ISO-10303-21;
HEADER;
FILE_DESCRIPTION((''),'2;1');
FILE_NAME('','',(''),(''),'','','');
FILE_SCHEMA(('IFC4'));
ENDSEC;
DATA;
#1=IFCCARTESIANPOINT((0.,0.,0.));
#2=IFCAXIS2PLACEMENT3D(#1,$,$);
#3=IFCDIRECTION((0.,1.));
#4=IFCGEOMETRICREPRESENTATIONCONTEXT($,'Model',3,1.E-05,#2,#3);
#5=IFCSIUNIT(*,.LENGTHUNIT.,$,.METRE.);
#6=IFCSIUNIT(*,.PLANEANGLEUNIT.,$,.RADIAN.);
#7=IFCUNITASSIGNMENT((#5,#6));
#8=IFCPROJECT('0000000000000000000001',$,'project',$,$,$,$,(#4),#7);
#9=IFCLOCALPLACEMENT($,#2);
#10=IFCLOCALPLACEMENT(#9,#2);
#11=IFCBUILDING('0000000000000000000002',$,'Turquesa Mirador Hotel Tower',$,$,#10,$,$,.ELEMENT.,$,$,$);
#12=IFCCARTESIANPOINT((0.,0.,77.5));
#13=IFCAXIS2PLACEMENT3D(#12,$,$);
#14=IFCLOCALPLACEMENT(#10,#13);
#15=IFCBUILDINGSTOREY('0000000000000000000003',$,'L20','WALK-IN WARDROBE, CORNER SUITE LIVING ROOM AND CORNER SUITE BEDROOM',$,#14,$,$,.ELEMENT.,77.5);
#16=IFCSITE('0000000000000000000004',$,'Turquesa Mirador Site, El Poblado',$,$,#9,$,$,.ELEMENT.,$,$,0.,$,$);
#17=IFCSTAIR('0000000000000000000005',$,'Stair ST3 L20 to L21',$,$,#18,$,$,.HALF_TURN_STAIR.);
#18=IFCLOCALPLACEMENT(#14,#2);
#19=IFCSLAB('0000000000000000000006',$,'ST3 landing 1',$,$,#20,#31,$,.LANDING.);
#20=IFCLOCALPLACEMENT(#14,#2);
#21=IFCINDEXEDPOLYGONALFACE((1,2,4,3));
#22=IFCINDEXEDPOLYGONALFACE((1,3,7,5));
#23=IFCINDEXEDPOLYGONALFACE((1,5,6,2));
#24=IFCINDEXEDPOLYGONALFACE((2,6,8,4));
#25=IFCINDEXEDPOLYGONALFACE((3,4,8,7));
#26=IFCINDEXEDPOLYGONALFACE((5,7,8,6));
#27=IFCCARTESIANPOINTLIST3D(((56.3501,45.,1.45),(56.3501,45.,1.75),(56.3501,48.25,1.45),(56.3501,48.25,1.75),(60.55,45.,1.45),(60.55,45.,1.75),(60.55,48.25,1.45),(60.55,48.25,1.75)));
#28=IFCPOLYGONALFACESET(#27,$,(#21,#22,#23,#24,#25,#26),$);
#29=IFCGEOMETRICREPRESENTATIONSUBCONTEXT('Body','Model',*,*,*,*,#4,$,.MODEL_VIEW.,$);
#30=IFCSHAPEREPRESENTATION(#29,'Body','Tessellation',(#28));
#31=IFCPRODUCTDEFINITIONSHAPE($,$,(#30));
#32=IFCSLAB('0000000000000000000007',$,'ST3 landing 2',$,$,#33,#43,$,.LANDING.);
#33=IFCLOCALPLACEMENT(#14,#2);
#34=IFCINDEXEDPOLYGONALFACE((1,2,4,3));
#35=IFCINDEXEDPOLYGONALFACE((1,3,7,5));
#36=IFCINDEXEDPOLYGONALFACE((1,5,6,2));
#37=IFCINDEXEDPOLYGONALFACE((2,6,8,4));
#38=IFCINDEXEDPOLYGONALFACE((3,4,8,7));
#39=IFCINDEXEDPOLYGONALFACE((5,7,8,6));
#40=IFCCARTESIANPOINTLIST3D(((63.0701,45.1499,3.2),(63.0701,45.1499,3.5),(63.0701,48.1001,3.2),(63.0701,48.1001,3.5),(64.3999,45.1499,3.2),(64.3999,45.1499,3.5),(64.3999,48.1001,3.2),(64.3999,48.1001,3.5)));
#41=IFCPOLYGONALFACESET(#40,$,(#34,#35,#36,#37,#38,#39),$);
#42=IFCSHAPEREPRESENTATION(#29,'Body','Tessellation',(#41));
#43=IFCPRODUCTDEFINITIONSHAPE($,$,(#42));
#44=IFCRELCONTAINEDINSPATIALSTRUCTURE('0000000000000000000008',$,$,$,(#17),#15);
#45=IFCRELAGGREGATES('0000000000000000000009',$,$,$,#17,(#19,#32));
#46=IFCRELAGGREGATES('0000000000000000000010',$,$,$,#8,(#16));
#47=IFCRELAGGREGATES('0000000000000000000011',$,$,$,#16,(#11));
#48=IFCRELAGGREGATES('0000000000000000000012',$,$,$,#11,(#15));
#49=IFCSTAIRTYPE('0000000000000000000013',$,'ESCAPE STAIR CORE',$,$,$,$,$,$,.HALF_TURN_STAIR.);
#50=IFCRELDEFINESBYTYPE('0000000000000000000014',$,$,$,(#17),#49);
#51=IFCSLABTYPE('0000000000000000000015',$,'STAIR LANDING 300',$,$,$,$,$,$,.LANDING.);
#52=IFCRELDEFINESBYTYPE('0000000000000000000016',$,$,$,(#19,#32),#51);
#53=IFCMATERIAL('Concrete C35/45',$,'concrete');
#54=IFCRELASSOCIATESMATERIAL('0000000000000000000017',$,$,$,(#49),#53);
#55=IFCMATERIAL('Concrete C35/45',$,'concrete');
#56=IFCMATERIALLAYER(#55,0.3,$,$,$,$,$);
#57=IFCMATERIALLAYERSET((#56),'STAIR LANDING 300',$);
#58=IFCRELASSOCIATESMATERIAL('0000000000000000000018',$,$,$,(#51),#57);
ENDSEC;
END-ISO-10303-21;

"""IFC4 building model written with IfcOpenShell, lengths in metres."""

from ifc_helpers import new_model, si_unit, direction, frame, origin, place, context, subcontext, project, spatial, polyline, outline, extrude, material, layer, layer_set, type_object, element, aggregate, save


model = new_model("IFC4")

# Units and contexts
model_context = context("Model", 3, precision=1e-05, world=origin(), true_north=direction((0.0, 1.0)))
body_context = subcontext(model_context, "Body", "Model", "MODEL_VIEW")
ifc_project = project(units=[si_unit("LENGTHUNIT", "METRE"), si_unit("PLANEANGLEUNIT", "RADIAN")], contexts=[model_context])

# Site, building, storey
site_placement = place(None, origin())
site = spatial("IfcSite", under=ifc_project, at=site_placement, Name="Turquesa Mirador Site, El Poblado", CompositionType="ELEMENT", RefElevation=0.0)
building_placement = place(site_placement, origin())
building = spatial("IfcBuilding", under=site, at=building_placement, Name="Turquesa Mirador Hotel Tower", CompositionType="ELEMENT")
storey_placement = place(building_placement, frame((0.0, 0.0, 77.5)))
storey = spatial("IfcBuildingStorey", under=building, at=storey_placement, Name="L20", Description="WALK-IN WARDROBE, CORNER SUITE LIVING ROOM AND CORNER SUITE BEDROOM", CompositionType="ELEMENT", Elevation=77.5)

# Stair, slabs
ifc_material_1 = material(Name="Concrete C35/45", Category="concrete")
stair_type = type_object("IfcStairType", Name="ESCAPE STAIR CORE", PredefinedType="HALF_TURN_STAIR", material=ifc_material_1)
ifc_material_2 = material(Name="Concrete C35/45", Category="concrete")
ifc_layer_1 = layer(ifc_material_2, 0.3)
ifc_layer_set_1 = layer_set([ifc_layer_1], Name="STAIR LANDING 300")
slab_type_1 = type_object("IfcSlabType", Name="STAIR LANDING 300", PredefinedType="LANDING", material=ifc_layer_set_1)
stair_1_placement = place(storey_placement, origin())
stair_1 = element("IfcStair", 1, at=stair_1_placement, inside=storey, type_object=stair_type, Name="Stair ST3 L20 to L21", PredefinedType="HALF_TURN_STAIR")
slab_1_placement = place(storey_placement, frame((0.0, 0.0, 1.45)))
slab_1 = element("IfcSlab", 2, at=slab_1_placement, type_object=slab_type_1, Name="ST3 landing 1", PredefinedType="LANDING", context=body_context, shape_type="SweptSolid", body=[
    extrude(outline(polyline([(56.3501, 45.0), (60.55, 45.0), (60.55, 48.25), (56.3501, 48.25), (56.3501, 45.0)])), origin(), (0.0, 0.0, 1.0), 0.3),
])
slab_2_placement = place(storey_placement, frame((0.0, 0.0, 3.2)))
slab_2 = element("IfcSlab", 3, at=slab_2_placement, type_object=slab_type_1, Name="ST3 landing 2", PredefinedType="LANDING", context=body_context, shape_type="SweptSolid", body=[
    extrude(outline(polyline([(63.0701, 45.1499), (64.3999, 45.1499), (64.3999, 48.1001), (63.0701, 48.1001), (63.0701, 45.1499)])), origin(), (0.0, 0.0, 1.0), 0.3),
])
aggregate(stair_1, [slab_1, slab_2])

save(model, "model.ifc")
